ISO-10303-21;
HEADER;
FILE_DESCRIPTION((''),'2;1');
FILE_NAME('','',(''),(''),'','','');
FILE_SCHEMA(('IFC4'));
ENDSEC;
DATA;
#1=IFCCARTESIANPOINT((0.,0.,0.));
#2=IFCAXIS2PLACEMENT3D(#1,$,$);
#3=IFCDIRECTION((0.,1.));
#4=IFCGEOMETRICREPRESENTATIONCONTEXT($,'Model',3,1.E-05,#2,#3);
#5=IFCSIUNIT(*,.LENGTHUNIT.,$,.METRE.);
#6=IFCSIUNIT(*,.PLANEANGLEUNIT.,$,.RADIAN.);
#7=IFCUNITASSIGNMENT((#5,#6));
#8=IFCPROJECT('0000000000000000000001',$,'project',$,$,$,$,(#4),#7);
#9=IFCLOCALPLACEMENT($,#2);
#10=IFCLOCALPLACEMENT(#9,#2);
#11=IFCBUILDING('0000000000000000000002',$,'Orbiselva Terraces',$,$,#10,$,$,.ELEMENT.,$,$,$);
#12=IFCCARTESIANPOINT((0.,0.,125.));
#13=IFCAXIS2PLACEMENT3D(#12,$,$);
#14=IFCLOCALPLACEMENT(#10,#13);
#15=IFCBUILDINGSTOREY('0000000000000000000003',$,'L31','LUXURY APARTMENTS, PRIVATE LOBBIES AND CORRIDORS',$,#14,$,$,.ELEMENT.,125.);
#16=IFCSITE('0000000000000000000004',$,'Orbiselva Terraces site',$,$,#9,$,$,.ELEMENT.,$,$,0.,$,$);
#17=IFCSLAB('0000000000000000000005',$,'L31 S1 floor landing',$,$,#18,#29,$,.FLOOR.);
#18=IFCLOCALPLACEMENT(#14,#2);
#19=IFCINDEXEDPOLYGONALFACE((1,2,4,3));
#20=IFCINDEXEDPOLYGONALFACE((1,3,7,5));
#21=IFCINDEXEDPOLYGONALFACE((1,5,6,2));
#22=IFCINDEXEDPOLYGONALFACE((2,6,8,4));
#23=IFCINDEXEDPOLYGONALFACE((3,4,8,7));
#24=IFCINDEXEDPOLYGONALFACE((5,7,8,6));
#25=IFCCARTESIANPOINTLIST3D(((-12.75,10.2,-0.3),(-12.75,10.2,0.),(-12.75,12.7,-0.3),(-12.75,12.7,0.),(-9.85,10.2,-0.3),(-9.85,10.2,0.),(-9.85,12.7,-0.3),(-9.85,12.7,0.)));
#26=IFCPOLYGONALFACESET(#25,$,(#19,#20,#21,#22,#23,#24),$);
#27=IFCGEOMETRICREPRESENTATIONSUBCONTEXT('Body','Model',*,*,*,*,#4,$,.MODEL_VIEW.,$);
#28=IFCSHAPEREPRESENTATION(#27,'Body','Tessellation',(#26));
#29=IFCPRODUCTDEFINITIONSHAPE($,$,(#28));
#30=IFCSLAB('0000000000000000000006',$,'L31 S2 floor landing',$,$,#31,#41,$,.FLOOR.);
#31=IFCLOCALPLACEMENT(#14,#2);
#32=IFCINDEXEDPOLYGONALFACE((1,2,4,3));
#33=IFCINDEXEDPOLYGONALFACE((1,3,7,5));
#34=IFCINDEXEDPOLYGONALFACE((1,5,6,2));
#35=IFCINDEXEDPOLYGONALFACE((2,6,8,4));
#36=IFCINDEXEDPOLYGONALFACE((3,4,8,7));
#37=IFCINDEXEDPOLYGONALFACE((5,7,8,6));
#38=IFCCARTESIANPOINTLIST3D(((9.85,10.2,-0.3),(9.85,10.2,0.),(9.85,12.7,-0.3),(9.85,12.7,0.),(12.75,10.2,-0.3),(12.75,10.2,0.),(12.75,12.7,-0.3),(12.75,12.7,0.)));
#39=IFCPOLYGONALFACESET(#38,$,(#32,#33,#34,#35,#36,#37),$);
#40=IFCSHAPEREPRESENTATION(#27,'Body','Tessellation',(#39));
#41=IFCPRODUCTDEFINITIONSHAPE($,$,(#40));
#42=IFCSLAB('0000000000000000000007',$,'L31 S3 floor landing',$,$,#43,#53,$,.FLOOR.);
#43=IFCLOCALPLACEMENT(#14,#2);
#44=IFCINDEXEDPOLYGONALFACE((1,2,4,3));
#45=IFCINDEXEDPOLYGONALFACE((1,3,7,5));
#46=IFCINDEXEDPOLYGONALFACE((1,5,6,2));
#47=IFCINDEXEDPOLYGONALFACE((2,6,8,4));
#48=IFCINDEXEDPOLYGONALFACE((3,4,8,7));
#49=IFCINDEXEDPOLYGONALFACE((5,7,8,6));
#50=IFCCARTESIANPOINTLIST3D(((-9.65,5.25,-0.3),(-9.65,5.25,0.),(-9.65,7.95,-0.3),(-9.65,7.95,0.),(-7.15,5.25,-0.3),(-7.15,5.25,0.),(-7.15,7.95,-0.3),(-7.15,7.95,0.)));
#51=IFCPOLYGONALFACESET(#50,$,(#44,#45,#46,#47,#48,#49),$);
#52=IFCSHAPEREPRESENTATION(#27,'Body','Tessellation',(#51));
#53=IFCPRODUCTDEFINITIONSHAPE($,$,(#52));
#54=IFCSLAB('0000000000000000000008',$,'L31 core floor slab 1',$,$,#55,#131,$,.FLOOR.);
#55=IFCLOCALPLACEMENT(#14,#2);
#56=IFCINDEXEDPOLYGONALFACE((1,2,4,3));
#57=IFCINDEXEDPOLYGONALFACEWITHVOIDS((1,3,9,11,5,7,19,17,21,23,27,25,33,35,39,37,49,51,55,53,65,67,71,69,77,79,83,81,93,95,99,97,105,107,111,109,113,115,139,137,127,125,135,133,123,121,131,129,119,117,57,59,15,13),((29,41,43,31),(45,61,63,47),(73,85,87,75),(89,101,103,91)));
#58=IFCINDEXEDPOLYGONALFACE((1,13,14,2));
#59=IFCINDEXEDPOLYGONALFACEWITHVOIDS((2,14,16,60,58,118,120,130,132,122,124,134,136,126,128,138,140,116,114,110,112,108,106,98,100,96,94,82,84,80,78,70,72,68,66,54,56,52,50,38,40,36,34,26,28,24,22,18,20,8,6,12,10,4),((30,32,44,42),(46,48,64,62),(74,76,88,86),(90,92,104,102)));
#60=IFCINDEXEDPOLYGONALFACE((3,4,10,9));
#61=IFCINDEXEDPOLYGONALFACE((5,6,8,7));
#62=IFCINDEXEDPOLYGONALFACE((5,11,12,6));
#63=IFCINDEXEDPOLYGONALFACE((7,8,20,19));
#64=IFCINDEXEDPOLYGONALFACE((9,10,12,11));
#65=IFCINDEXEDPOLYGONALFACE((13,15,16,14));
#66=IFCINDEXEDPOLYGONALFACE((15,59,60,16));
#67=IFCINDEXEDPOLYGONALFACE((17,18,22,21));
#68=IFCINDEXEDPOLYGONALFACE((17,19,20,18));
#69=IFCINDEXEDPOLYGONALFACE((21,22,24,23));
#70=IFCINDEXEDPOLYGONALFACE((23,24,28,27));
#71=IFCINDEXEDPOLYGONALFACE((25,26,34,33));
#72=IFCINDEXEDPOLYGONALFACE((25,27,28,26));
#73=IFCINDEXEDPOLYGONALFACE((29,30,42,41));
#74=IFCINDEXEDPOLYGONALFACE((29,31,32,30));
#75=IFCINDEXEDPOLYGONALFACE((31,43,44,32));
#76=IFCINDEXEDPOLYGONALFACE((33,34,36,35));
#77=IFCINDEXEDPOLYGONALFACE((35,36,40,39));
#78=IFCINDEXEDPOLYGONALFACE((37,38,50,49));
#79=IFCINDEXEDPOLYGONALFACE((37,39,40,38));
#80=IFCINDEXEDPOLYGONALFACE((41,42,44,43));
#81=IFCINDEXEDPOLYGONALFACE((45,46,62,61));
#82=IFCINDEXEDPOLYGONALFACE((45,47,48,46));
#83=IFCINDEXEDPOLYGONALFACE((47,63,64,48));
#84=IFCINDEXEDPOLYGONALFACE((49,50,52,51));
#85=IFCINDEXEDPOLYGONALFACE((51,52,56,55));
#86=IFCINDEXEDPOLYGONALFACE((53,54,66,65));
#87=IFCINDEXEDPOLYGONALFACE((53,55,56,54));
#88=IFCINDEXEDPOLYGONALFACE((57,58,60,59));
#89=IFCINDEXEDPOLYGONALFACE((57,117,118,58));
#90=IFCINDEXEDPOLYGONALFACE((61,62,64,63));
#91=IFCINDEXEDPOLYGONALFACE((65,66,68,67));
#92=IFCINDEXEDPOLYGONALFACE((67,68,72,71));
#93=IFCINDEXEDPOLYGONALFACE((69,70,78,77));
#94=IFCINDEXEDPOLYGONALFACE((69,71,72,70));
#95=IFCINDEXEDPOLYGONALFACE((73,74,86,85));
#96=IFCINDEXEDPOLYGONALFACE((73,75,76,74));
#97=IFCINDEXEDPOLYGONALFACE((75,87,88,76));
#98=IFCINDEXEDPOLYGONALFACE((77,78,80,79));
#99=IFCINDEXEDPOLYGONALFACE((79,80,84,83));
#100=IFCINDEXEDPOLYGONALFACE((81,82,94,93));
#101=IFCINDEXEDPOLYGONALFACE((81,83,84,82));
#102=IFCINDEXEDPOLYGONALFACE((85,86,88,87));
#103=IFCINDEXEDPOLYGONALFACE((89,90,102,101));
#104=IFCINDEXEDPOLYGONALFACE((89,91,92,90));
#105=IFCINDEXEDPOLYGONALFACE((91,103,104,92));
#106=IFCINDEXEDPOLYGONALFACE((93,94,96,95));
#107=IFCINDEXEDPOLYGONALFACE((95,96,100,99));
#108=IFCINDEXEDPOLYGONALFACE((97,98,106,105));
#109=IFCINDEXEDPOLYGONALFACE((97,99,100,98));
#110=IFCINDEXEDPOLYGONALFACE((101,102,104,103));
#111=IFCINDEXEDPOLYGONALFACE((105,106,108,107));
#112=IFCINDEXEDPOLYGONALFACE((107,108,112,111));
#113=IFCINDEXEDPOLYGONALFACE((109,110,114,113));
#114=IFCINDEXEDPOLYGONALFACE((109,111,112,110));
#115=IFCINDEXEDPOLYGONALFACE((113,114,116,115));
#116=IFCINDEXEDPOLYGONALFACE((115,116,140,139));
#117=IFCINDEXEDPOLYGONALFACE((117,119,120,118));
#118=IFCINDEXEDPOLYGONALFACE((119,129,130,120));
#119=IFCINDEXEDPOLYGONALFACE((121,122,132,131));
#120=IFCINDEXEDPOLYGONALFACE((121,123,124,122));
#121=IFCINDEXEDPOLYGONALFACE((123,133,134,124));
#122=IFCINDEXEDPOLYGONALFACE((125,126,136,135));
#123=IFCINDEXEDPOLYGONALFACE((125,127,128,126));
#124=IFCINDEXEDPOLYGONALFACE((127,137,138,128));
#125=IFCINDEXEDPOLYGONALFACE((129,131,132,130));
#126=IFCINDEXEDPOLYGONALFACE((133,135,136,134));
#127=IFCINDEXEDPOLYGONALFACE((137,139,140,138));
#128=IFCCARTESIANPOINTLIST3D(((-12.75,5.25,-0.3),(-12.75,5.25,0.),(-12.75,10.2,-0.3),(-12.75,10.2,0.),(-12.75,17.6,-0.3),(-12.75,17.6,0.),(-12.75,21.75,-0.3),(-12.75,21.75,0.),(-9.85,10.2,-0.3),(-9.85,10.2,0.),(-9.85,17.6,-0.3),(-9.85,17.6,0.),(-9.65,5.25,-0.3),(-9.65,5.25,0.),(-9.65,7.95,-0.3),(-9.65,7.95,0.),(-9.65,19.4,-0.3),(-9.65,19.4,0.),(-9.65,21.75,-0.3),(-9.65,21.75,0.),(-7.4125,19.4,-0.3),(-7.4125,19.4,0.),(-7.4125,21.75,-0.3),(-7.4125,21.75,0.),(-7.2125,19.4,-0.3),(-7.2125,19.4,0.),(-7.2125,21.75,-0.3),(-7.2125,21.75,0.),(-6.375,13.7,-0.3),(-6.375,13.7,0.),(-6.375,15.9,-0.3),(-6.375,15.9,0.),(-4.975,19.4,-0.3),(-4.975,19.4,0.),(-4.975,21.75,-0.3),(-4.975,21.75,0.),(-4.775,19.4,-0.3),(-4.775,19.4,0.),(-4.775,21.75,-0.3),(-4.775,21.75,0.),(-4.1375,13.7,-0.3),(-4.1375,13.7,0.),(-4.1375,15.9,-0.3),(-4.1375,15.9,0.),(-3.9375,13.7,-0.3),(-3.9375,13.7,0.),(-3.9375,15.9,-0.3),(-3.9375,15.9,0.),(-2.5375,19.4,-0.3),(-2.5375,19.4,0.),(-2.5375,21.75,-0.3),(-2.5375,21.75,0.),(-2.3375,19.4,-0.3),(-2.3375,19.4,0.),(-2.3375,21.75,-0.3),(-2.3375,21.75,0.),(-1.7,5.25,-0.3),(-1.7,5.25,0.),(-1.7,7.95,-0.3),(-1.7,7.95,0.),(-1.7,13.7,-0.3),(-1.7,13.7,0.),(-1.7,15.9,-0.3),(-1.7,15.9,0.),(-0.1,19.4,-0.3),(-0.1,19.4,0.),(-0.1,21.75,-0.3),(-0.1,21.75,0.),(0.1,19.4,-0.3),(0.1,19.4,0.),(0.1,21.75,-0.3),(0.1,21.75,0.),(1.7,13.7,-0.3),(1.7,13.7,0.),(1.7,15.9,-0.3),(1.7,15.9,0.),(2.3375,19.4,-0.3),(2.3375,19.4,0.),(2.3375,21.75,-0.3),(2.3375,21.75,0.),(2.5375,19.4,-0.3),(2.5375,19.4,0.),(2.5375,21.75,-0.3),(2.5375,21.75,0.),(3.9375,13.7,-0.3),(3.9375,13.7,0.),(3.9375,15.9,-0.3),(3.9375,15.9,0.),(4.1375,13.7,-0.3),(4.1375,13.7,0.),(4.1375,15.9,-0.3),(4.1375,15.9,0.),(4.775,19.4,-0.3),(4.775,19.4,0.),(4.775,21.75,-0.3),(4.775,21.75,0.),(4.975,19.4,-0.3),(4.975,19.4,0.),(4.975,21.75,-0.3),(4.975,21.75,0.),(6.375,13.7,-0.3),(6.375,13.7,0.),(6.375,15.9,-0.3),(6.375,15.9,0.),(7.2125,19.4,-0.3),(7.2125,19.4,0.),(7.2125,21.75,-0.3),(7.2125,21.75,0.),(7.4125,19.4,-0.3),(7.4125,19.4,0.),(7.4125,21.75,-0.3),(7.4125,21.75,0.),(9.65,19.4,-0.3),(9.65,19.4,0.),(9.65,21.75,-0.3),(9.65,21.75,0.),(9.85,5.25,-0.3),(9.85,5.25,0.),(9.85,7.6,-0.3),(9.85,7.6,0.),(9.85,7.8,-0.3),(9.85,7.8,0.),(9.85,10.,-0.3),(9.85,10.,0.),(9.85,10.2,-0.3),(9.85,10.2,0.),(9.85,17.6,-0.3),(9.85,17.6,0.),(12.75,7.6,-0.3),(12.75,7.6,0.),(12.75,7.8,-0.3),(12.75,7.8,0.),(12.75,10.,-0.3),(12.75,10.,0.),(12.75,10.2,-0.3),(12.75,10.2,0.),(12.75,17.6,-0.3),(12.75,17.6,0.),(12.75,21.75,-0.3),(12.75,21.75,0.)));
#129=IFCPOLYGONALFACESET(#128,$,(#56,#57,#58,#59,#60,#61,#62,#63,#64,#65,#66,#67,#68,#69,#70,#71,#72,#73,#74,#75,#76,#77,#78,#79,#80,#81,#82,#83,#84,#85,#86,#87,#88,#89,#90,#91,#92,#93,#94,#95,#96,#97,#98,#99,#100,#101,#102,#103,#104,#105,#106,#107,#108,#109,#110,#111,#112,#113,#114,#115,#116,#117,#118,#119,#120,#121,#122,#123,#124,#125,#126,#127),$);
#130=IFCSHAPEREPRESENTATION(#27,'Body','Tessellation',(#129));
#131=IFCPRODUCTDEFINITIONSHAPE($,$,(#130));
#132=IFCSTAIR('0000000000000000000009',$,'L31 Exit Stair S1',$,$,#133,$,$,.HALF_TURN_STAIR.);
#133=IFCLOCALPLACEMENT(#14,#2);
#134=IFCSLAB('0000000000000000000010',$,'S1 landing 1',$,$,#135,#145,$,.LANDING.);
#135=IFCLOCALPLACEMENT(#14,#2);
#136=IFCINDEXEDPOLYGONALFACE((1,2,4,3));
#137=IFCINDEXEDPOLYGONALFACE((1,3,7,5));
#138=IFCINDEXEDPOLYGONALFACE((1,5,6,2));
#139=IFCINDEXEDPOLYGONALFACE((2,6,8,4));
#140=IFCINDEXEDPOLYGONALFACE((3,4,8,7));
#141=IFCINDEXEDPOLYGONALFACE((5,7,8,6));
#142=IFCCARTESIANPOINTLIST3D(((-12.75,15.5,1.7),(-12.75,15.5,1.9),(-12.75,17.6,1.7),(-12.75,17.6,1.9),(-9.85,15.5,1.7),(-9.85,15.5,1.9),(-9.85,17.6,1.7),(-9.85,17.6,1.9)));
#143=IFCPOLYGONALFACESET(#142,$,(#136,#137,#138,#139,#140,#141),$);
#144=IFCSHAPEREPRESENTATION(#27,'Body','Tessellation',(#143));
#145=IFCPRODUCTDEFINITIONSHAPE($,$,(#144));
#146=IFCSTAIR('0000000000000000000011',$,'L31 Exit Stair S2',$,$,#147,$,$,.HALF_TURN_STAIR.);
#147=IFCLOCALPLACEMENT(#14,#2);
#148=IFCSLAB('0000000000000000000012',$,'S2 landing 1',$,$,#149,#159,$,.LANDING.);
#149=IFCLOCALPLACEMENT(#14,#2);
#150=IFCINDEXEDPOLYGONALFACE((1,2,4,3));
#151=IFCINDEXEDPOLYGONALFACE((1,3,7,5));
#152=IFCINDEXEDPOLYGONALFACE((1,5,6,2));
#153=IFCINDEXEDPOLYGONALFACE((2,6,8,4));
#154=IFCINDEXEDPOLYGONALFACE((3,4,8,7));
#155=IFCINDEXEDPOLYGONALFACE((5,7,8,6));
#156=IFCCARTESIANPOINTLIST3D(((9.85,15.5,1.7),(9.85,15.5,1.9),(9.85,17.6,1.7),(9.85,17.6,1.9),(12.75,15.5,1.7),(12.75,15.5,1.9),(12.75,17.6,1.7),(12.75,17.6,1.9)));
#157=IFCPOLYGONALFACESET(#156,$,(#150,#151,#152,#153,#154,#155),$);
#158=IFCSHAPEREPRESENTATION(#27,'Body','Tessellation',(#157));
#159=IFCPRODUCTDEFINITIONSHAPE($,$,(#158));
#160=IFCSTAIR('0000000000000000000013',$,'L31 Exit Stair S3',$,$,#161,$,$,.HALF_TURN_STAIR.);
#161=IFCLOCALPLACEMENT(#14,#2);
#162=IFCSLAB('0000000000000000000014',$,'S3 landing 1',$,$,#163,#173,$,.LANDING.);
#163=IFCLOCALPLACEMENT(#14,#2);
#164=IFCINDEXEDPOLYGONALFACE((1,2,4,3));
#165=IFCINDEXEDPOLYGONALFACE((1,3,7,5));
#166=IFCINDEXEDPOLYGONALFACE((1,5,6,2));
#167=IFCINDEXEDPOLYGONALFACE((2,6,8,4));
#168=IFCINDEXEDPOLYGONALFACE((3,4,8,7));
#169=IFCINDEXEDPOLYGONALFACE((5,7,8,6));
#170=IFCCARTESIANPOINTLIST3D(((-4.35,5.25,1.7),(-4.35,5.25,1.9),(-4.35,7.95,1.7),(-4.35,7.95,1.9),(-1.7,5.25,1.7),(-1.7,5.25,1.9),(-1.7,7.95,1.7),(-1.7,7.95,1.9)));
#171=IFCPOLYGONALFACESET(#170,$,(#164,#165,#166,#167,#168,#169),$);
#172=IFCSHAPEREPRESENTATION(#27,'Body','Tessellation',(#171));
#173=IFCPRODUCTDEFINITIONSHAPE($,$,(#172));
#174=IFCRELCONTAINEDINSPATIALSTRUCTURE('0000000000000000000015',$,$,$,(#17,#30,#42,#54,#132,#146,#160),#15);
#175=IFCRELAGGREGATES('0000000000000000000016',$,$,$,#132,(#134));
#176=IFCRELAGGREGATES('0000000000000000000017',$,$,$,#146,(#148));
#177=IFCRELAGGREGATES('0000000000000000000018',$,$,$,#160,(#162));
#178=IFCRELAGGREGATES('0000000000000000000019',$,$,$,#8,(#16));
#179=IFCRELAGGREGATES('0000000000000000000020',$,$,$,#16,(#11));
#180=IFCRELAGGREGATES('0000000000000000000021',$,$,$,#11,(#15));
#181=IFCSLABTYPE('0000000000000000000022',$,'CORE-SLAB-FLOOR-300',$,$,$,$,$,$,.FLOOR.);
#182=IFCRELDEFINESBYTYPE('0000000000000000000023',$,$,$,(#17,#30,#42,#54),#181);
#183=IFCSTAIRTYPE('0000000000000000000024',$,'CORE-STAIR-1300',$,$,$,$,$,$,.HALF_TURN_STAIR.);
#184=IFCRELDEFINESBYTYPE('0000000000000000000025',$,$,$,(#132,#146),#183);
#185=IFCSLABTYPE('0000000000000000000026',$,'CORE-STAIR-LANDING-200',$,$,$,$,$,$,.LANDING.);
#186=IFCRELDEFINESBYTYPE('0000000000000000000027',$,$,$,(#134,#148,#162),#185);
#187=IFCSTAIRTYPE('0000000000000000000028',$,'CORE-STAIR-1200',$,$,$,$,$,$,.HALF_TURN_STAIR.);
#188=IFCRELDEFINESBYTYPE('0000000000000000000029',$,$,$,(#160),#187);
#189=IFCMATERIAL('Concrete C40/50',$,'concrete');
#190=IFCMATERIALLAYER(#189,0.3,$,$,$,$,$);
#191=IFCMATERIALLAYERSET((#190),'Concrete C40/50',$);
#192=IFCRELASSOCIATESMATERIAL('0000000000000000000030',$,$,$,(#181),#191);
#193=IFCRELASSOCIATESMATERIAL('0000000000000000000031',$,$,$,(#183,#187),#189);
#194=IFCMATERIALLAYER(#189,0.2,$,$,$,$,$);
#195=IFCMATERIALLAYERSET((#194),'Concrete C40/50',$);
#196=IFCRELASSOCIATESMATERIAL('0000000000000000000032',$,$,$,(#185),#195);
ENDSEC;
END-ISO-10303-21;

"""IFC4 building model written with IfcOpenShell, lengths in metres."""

from ifc_helpers import new_model, si_unit, direction, frame, origin, place, context, subcontext, project, spatial, polyline, outline, extrude, material, layer, layer_set, type_object, element, aggregate, save


model = new_model("IFC4")

# Units and contexts
model_context = context("Model", 3, precision=1e-05, world=origin(), true_north=direction((0.0, 1.0)))
body_context = subcontext(model_context, "Body", "Model", "MODEL_VIEW")
ifc_project = project(units=[si_unit("LENGTHUNIT", "METRE"), si_unit("PLANEANGLEUNIT", "RADIAN")], contexts=[model_context])

# Site, building, storey
site_placement = place(None, origin())
site = spatial("IfcSite", under=ifc_project, at=site_placement, Name="Orbiselva Terraces site", CompositionType="ELEMENT", RefElevation=0.0)
building_placement = place(site_placement, origin())
building = spatial("IfcBuilding", under=site, at=building_placement, Name="Orbiselva Terraces", CompositionType="ELEMENT")
storey_placement = place(building_placement, frame((0.0, 0.0, 125.0)))
storey = spatial("IfcBuildingStorey", under=building, at=storey_placement, Name="L31", Description="LUXURY APARTMENTS, PRIVATE LOBBIES AND CORRIDORS", CompositionType="ELEMENT", Elevation=125.0)

# Slabs
ifc_material_1 = material(Name="Concrete C40/50", Category="concrete")
ifc_layer_1 = layer(ifc_material_1, 0.3)
ifc_layer_set_1 = layer_set([ifc_layer_1], Name="Concrete C40/50")
slab_type_1 = type_object("IfcSlabType", Name="CORE-SLAB-FLOOR-300", PredefinedType="FLOOR", material=ifc_layer_set_1)
slab_1_placement = place(storey_placement, frame((0.0, 0.0, -0.3)))
element("IfcSlab", 1, at=slab_1_placement, inside=storey, type_object=slab_type_1, Name="L31 S1 floor landing", PredefinedType="FLOOR", context=body_context, shape_type="SweptSolid", body=[
    extrude(outline(polyline([(-12.75, 12.7), (-9.85, 12.7), (-9.85, 10.2), (-12.75, 10.2), (-12.75, 12.7)])), origin(), (0.0, 0.0, 1.0), 0.3),
])
slab_2_placement = place(storey_placement, frame((0.0, 0.0, -0.3)))
element("IfcSlab", 2, at=slab_2_placement, inside=storey, type_object=slab_type_1, Name="L31 S2 floor landing", PredefinedType="FLOOR", context=body_context, shape_type="SweptSolid", body=[
    extrude(outline(polyline([(12.75, 12.7), (12.75, 10.2), (9.85, 10.2), (9.85, 12.7), (12.75, 12.7)])), origin(), (0.0, 0.0, 1.0), 0.3),
])
slab_3_placement = place(storey_placement, frame((0.0, 0.0, -0.3)))
element("IfcSlab", 3, at=slab_3_placement, inside=storey, type_object=slab_type_1, Name="L31 S3 floor landing", PredefinedType="FLOOR", context=body_context, shape_type="SweptSolid", body=[
    extrude(outline(polyline([(-7.15, 5.25), (-9.65, 5.25), (-9.65, 7.95), (-7.15, 7.95), (-7.15, 5.25)])), origin(), (0.0, 0.0, 1.0), 0.3),
])
slab_4_placement = place(storey_placement, frame((0.0, 0.0, -0.3)))
element("IfcSlab", 4, at=slab_4_placement, inside=storey, type_object=slab_type_1, Name="L31 core floor slab 1", PredefinedType="FLOOR", context=body_context, shape_type="SweptSolid", body=[
    extrude(outline(polyline([(-1.7, 5.25), (-1.7, 7.95), (-9.65, 7.95), (-9.65, 5.25), (-12.75, 5.25), (-12.75, 10.2), (-9.85, 10.2), (-9.85, 17.6), (-12.75, 17.6), (-12.75, 21.75), (-9.65, 21.75), (-9.65, 19.4), (-7.4125, 19.4), (-7.4125, 21.75), (-7.2125, 21.75), (-7.2125, 19.4), (-4.975, 19.4), (-4.975, 21.75), (-4.775, 21.75), (-4.775, 19.4), (-2.5375, 19.4), (-2.5375, 21.75), (-2.3375, 21.75), (-2.3375, 19.4), (-0.1, 19.4), (-0.1, 21.75), (0.1, 21.75), (0.1, 19.4), (2.3375, 19.4), (2.3375, 21.75), (2.5375, 21.75), (2.5375, 19.4), (4.775, 19.4), (4.775, 21.75), (4.975, 21.75), (4.975, 19.4), (7.2125, 19.4), (7.2125, 21.75), (7.4125, 21.75), (7.4125, 19.4), (9.65, 19.4), (9.65, 21.75), (12.75, 21.75), (12.75, 17.6), (9.85, 17.6), (9.85, 10.2), (12.75, 10.2), (12.75, 10.0), (9.85, 10.0), (9.85, 7.8), (12.75, 7.8), (12.75, 7.6), (9.85, 7.6), (9.85, 5.25), (-1.7, 5.25)]), holes=[polyline([(-4.1375, 13.7), (-4.1375, 15.9), (-6.375, 15.9), (-6.375, 13.7), (-4.1375, 13.7)]), polyline([(-1.7, 13.7), (-1.7, 15.9), (-3.9375, 15.9), (-3.9375, 13.7), (-1.7, 13.7)]), polyline([(3.9375, 13.7), (3.9375, 15.9), (1.7, 15.9), (1.7, 13.7), (3.9375, 13.7)]), polyline([(6.375, 13.7), (6.375, 15.9), (4.1375, 15.9), (4.1375, 13.7), (6.375, 13.7)])]), origin(), (0.0, 0.0, 1.0), 0.3),
])

# Stairs, slabs
stair_type_1 = type_object("IfcStairType", Name="CORE-STAIR-1300", PredefinedType="HALF_TURN_STAIR", material=ifc_material_1)
stair_1_placement = place(storey_placement, origin())
stair_1 = element("IfcStair", 5, at=stair_1_placement, inside=storey, type_object=stair_type_1, Name="L31 Exit Stair S1", PredefinedType="HALF_TURN_STAIR")
ifc_layer_2 = layer(ifc_material_1, 0.2)
ifc_layer_set_2 = layer_set([ifc_layer_2], Name="Concrete C40/50")
slab_type_2 = type_object("IfcSlabType", Name="CORE-STAIR-LANDING-200", PredefinedType="LANDING", material=ifc_layer_set_2)
slab_5_placement = place(storey_placement, frame((0.0, 0.0, 1.7)))
slab_5 = element("IfcSlab", 6, at=slab_5_placement, type_object=slab_type_2, Name="S1 landing 1", PredefinedType="LANDING", context=body_context, shape_type="SweptSolid", body=[
    extrude(outline(polyline([(-9.85, 15.5), (-9.85, 17.6), (-12.75, 17.6), (-12.75, 15.5), (-9.85, 15.5)])), origin(), (0.0, 0.0, 1.0), 0.2),
])
aggregate(stair_1, [slab_5])
stair_2_placement = place(storey_placement, origin())
stair_2 = element("IfcStair", 7, at=stair_2_placement, inside=storey, type_object=stair_type_1, Name="L31 Exit Stair S2", PredefinedType="HALF_TURN_STAIR")
slab_6_placement = place(storey_placement, frame((0.0, 0.0, 1.7)))
slab_6 = element("IfcSlab", 8, at=slab_6_placement, type_object=slab_type_2, Name="S2 landing 1", PredefinedType="LANDING", context=body_context, shape_type="SweptSolid", body=[
    extrude(outline(polyline([(12.75, 15.5), (12.75, 17.6), (9.85, 17.6), (9.85, 15.5), (12.75, 15.5)])), origin(), (0.0, 0.0, 1.0), 0.2),
])
aggregate(stair_2, [slab_6])
stair_type_2 = type_object("IfcStairType", Name="CORE-STAIR-1200", PredefinedType="HALF_TURN_STAIR", material=ifc_material_1)
stair_3_placement = place(storey_placement, origin())
stair_3 = element("IfcStair", 9, at=stair_3_placement, inside=storey, type_object=stair_type_2, Name="L31 Exit Stair S3", PredefinedType="HALF_TURN_STAIR")
slab_7_placement = place(storey_placement, frame((0.0, 0.0, 1.7)))
slab_7 = element("IfcSlab", 10, at=slab_7_placement, type_object=slab_type_2, Name="S3 landing 1", PredefinedType="LANDING", context=body_context, shape_type="SweptSolid", body=[
    extrude(outline(polyline([(-4.35, 5.25), (-1.7, 5.25), (-1.7, 7.95), (-4.35, 7.95), (-4.35, 5.25)])), origin(), (0.0, 0.0, 1.0), 0.2),
])
aggregate(stair_3, [slab_7])

save(model, "model.ifc")
